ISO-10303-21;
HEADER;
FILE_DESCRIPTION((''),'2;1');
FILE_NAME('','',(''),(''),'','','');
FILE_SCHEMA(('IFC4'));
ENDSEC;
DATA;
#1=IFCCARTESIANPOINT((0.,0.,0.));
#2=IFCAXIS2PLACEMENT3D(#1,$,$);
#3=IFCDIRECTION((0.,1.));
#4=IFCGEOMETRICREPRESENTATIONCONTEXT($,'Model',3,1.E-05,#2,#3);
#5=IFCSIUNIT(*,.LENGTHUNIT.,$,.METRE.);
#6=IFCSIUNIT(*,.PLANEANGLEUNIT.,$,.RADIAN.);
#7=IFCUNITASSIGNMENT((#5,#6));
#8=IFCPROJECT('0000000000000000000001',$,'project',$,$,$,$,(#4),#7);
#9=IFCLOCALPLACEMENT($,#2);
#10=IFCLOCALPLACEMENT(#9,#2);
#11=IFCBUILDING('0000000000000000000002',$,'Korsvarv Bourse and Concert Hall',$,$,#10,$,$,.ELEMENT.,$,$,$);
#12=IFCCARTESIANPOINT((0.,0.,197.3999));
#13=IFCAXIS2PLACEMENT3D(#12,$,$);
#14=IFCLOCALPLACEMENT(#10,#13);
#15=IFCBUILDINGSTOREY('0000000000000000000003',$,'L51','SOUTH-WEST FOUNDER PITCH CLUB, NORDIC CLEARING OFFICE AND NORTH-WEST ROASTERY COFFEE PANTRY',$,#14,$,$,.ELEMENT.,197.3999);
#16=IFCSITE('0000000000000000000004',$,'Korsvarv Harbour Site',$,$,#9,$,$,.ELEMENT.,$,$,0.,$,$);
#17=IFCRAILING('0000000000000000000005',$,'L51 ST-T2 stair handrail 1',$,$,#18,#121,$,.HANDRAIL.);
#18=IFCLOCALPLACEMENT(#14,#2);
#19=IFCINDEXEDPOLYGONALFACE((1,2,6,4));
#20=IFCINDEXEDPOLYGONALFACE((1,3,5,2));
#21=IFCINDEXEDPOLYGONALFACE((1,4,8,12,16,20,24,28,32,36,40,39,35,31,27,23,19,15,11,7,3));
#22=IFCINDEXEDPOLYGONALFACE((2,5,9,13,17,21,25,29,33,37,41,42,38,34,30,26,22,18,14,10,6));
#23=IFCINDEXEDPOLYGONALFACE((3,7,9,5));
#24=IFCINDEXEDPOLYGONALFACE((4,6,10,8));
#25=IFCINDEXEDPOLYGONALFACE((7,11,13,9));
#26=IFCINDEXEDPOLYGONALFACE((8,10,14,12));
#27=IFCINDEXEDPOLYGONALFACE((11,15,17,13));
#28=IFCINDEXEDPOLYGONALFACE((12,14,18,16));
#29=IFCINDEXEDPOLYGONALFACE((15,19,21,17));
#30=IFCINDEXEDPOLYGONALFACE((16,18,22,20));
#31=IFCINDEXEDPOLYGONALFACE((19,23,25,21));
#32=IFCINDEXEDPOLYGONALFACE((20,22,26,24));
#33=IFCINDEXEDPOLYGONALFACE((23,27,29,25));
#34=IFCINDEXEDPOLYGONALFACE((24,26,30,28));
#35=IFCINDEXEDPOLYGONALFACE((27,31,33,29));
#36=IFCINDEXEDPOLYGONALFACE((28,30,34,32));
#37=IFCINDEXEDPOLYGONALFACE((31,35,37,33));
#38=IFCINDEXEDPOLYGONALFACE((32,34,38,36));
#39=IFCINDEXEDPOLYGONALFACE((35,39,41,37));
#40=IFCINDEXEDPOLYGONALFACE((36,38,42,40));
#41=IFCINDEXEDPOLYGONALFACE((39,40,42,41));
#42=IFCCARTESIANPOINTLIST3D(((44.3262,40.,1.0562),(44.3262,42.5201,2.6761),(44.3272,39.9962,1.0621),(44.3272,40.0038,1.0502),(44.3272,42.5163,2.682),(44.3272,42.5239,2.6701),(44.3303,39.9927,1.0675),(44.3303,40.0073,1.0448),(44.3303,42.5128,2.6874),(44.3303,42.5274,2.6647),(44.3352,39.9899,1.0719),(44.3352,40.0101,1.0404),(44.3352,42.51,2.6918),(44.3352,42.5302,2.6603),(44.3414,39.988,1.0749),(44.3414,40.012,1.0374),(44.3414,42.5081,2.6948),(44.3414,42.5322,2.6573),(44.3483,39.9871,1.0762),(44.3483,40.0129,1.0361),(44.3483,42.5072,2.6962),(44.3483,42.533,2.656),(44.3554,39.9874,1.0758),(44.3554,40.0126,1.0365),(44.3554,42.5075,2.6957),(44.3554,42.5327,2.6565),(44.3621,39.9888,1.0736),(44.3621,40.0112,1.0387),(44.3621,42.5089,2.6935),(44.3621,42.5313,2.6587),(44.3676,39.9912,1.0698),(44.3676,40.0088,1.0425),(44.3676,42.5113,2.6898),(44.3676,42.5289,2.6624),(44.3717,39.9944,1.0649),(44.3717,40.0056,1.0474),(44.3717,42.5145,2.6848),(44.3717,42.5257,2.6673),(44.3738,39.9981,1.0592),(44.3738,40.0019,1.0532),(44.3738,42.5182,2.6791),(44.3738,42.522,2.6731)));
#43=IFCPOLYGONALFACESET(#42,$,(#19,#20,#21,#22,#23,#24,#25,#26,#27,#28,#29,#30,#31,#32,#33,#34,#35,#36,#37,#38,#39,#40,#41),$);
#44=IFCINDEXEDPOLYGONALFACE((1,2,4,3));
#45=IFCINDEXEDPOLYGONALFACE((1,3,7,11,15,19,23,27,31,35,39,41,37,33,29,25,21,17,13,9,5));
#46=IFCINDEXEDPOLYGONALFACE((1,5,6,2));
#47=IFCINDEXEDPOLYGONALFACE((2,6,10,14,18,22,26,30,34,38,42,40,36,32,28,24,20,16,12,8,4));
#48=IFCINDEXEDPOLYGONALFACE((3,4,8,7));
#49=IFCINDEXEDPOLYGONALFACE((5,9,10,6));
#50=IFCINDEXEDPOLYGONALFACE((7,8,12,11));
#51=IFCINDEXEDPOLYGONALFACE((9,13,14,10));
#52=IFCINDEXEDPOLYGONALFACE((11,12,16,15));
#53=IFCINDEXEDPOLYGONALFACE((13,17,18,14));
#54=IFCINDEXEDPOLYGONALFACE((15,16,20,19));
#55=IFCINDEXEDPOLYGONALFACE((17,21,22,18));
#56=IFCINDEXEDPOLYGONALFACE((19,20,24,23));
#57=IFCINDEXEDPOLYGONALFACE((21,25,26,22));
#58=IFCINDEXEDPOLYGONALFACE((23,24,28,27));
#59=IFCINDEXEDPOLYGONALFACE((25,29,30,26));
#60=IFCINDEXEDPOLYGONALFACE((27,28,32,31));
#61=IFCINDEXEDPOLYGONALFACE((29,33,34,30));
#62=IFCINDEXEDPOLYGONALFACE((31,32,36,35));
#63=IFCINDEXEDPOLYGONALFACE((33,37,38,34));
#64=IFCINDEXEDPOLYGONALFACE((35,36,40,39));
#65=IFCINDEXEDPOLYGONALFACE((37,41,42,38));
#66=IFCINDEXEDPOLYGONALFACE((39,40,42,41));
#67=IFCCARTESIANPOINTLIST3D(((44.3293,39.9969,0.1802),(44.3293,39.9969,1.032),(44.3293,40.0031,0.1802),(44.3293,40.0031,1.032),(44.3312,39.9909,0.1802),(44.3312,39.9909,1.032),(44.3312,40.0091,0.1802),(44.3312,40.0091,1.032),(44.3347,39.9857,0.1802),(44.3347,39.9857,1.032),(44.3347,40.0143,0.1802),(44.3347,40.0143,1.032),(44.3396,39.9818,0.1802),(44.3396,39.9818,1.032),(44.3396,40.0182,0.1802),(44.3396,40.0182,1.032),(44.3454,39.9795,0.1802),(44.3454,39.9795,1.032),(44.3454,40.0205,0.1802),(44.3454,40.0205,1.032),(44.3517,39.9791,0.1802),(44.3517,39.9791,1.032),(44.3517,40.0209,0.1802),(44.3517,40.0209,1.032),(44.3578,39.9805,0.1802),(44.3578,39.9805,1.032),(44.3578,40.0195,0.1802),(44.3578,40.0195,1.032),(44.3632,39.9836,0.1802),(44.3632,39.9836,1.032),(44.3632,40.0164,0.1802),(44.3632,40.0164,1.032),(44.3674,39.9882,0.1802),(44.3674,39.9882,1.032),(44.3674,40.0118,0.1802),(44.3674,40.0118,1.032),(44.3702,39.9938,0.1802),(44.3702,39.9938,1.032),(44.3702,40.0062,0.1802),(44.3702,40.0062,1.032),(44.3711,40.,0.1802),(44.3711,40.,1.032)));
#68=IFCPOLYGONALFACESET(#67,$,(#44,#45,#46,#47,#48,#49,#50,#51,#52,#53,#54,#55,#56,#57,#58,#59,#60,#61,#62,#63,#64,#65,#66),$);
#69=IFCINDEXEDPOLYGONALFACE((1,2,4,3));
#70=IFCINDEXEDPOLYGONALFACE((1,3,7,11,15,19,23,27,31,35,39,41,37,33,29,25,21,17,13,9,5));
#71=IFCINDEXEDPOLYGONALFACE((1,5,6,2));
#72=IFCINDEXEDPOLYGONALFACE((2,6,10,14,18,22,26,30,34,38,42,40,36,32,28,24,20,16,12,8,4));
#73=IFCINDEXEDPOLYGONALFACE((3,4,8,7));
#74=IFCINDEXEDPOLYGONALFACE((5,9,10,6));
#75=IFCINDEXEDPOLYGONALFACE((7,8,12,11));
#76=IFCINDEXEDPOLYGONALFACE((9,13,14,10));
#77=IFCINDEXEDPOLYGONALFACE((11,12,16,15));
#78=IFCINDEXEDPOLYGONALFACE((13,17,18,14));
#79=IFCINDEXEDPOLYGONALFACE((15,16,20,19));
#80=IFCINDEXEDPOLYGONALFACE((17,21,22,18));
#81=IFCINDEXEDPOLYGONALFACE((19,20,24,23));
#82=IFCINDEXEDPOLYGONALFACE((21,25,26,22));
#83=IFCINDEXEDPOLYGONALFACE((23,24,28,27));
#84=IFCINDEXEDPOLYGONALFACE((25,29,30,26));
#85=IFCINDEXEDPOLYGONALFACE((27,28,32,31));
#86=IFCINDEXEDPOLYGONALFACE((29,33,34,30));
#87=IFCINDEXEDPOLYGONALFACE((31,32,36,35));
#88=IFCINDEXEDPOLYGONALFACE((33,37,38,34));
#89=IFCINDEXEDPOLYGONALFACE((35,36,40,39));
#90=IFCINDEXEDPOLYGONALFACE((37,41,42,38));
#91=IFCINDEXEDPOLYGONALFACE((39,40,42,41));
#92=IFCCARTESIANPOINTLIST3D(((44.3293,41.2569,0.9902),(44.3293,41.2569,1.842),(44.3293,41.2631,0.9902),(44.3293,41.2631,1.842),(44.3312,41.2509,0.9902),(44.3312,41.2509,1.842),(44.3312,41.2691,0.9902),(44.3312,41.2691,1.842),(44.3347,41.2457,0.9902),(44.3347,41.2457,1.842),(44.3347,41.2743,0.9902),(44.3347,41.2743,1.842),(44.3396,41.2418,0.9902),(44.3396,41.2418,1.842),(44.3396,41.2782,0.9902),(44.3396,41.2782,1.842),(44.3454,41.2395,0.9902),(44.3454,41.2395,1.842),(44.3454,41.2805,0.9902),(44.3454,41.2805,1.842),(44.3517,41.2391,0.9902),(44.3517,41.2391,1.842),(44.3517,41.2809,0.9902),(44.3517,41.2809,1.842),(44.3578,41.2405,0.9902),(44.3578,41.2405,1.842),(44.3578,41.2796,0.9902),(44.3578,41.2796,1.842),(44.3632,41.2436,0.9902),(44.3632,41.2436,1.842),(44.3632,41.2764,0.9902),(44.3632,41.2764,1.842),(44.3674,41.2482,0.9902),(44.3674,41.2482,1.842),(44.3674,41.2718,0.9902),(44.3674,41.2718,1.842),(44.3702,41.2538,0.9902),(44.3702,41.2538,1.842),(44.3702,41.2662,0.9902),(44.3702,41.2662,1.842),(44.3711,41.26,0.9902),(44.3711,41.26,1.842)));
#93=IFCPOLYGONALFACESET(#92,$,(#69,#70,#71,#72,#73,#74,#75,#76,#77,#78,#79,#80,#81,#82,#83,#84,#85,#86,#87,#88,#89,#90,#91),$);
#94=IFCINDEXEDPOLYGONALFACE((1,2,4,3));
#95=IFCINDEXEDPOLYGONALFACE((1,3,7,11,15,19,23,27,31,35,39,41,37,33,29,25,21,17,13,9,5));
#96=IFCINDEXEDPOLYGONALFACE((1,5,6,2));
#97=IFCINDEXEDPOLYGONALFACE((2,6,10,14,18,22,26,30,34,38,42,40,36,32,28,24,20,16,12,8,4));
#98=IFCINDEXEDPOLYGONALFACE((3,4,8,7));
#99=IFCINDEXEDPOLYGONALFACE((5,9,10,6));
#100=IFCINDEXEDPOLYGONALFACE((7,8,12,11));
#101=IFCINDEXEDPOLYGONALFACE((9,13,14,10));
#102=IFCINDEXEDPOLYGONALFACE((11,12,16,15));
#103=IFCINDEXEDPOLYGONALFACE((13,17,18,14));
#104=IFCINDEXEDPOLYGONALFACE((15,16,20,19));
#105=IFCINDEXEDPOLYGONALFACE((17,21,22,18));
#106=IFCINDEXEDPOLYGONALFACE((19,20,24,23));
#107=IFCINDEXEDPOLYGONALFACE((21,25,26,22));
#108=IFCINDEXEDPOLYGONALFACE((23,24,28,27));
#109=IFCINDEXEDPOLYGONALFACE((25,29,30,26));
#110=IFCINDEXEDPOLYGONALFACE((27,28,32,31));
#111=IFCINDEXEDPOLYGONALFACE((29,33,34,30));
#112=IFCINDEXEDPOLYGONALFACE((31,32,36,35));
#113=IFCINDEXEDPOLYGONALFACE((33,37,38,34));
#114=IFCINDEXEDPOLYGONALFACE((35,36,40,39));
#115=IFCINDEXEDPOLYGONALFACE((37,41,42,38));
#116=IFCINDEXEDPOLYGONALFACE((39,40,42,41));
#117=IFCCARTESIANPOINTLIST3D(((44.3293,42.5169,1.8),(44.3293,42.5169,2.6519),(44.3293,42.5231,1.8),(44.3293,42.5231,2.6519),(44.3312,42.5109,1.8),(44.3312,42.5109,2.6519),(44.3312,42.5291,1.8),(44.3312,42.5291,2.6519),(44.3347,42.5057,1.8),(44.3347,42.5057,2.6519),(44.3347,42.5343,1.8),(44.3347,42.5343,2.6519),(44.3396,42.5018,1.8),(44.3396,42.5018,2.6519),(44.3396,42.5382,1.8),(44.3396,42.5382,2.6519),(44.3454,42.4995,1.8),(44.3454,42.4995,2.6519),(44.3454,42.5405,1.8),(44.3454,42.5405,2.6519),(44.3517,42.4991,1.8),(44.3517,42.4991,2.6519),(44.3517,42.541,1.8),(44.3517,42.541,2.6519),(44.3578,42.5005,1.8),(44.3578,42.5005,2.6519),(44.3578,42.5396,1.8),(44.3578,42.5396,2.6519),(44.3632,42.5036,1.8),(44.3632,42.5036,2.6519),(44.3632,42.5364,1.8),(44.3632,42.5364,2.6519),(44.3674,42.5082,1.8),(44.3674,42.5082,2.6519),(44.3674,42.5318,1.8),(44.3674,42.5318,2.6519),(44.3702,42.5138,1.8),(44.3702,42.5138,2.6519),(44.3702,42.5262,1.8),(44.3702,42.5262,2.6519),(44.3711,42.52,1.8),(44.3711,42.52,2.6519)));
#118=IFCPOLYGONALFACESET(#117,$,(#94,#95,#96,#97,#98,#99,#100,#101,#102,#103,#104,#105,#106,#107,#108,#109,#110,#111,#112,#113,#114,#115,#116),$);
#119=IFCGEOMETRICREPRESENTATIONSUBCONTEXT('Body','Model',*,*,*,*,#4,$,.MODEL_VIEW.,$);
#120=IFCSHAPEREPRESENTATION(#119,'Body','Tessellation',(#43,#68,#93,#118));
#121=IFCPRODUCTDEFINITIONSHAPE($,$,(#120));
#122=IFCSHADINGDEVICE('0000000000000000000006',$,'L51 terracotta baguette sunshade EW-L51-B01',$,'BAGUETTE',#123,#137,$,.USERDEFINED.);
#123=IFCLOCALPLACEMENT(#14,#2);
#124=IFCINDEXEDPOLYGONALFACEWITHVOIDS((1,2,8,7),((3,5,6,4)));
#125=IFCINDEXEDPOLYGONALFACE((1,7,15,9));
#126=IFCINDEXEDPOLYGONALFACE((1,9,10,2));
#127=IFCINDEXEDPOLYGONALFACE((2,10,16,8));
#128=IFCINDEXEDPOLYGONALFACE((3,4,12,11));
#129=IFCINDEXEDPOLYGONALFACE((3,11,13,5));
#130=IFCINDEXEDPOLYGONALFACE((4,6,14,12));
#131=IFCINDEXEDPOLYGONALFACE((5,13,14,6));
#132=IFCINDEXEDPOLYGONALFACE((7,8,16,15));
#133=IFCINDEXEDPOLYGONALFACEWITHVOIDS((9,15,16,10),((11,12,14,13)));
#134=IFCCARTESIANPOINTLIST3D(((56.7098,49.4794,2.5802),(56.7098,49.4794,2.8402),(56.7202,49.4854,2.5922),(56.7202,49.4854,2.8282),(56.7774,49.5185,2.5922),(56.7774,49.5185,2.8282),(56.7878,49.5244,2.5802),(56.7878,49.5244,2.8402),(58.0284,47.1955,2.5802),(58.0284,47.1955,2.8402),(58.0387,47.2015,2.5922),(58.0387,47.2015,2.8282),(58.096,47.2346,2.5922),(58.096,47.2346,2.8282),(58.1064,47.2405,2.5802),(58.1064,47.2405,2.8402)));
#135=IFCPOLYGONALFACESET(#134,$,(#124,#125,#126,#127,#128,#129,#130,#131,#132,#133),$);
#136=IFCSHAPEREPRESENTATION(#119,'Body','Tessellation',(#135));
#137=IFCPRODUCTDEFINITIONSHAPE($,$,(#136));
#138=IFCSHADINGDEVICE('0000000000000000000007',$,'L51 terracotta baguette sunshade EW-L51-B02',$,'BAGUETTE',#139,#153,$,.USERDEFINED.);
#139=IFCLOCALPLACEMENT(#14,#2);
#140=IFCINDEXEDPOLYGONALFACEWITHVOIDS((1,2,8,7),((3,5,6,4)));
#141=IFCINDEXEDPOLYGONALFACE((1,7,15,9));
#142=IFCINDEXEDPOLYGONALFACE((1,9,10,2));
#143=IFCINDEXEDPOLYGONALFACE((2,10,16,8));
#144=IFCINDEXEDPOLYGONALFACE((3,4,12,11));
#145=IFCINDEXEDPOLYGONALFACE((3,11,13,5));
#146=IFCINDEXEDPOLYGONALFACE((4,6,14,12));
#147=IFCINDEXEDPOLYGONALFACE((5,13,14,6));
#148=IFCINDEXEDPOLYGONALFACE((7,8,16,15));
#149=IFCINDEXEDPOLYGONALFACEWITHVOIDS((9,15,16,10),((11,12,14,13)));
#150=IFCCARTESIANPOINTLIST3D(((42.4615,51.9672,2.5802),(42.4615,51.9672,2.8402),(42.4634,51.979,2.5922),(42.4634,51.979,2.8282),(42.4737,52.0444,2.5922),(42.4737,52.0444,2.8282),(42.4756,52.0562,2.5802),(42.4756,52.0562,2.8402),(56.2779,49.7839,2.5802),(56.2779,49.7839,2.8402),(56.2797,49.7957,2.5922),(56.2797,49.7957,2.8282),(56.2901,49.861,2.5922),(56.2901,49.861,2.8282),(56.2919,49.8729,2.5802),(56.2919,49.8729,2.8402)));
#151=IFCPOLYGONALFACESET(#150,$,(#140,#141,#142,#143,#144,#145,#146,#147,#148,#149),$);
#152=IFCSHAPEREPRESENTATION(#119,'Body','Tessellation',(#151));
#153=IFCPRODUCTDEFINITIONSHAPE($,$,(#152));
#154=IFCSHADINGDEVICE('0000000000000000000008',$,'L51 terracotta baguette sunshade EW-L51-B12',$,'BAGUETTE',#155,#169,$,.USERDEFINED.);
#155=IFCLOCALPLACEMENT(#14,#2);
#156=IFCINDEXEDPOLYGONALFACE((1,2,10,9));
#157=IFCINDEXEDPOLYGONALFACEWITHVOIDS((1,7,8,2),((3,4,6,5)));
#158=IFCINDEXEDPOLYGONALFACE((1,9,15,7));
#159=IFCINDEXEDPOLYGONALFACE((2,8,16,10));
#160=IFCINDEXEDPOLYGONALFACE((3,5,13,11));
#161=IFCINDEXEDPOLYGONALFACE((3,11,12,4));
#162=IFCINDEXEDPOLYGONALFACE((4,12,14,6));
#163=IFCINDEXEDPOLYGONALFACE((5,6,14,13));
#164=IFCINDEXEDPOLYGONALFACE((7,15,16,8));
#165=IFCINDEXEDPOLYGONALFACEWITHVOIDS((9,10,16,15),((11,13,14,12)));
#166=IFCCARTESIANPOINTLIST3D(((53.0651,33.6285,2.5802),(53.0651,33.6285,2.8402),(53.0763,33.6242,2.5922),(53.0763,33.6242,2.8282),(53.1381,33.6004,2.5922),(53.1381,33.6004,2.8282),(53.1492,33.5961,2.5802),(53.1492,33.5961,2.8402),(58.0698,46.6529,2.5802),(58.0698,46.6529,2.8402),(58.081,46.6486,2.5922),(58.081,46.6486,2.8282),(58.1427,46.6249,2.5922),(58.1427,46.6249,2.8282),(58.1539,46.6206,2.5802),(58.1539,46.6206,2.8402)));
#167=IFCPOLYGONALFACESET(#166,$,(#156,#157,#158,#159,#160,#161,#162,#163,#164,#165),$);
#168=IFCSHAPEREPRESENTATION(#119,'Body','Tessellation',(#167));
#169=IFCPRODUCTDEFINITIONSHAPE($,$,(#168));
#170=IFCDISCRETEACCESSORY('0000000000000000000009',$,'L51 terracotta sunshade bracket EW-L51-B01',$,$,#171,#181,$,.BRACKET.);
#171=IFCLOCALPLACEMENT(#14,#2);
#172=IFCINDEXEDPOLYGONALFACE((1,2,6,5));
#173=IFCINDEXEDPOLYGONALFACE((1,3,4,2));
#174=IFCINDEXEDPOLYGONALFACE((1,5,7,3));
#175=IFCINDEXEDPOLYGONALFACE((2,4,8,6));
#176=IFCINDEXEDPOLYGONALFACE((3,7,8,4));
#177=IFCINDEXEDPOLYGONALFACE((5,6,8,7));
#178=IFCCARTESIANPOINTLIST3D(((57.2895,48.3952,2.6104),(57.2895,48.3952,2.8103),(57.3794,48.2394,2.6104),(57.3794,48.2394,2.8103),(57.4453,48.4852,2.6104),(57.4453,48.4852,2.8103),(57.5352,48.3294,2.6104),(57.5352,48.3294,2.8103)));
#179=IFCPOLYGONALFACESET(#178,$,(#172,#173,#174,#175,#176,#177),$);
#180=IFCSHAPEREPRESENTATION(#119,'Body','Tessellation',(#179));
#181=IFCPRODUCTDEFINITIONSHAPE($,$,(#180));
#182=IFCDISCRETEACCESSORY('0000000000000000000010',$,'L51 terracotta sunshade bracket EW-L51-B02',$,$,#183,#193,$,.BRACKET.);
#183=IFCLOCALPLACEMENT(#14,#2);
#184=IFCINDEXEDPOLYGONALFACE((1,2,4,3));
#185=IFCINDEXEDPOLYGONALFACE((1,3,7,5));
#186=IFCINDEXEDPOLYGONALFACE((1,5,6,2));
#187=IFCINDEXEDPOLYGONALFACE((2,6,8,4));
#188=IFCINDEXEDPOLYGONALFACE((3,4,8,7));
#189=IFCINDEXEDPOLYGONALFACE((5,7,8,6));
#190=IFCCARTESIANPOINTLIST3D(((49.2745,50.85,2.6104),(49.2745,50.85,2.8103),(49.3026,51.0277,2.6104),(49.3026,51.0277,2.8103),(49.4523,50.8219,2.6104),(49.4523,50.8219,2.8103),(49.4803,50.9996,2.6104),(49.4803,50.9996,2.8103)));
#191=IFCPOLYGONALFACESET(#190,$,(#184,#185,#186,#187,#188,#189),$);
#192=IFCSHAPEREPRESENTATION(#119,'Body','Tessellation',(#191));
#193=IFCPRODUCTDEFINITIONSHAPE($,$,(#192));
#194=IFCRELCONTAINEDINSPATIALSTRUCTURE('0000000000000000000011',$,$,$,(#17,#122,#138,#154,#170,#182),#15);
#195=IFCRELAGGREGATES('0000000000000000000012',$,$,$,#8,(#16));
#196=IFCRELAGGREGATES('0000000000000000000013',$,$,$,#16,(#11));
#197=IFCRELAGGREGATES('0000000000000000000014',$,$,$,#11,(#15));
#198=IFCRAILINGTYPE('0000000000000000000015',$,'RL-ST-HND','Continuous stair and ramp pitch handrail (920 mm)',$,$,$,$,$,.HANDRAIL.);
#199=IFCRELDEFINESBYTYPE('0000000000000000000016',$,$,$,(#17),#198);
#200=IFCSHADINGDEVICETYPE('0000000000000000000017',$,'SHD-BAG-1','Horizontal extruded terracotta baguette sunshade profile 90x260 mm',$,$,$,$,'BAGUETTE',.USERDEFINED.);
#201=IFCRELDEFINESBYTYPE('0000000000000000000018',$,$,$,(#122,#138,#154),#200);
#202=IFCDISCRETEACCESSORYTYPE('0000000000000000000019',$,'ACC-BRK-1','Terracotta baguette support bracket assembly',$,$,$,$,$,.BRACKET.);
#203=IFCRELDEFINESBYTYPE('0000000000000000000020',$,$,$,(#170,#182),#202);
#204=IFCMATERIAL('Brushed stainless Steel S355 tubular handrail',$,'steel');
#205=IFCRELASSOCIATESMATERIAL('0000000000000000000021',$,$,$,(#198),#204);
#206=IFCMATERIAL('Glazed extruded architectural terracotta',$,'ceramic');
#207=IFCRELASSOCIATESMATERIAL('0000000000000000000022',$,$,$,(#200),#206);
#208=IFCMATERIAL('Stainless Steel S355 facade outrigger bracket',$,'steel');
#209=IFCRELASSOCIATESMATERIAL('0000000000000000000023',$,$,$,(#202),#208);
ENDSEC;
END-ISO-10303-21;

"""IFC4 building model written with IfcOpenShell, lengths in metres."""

from ifc_helpers import new_model, si_unit, direction, frame, origin, origin_2d, place, context, subcontext, project, spatial, rectangle, hollow_rectangle, circle, extrude, source, transform, mapped, material, material_profile, profile_set, type_object, element, save


model = new_model("IFC4")

# Units and contexts
model_context = context("Model", 3, precision=1e-05, world=origin(), true_north=direction((0.0, 1.0)))
body_context = subcontext(model_context, "Body", "Model", "MODEL_VIEW")
ifc_project = project(units=[si_unit("LENGTHUNIT", "METRE"), si_unit("PLANEANGLEUNIT", "RADIAN")], contexts=[model_context])

# Site, building, storey
site_placement = place(None, origin())
site = spatial("IfcSite", under=ifc_project, at=site_placement, Name="Korsvarv Harbour Site", CompositionType="ELEMENT", RefElevation=0.0)
building_placement = place(site_placement, origin())
building = spatial("IfcBuilding", under=site, at=building_placement, Name="Korsvarv Bourse and Concert Hall", CompositionType="ELEMENT")
storey_placement = place(building_placement, frame((0.0, 0.0, 197.3999)))
storey = spatial("IfcBuildingStorey", under=building, at=storey_placement, Name="L51", Description="SOUTH-WEST FOUNDER PITCH CLUB, NORDIC CLEARING OFFICE AND NORTH-WEST ROASTERY COFFEE PANTRY", CompositionType="ELEMENT", Elevation=197.3999)

# Railing
ifc_material_1 = material(Name="Brushed stainless Steel S355 tubular handrail", Category="steel")
railing_type_1 = type_object("IfcRailingType", Name="RL-ST-HND", Description="Continuous stair and ramp pitch handrail (920 mm)", PredefinedType="HANDRAIL", material=ifc_material_1)
railing_1_placement = place(storey_placement, frame((44.3501, 40.0, 0.1802)))
element("IfcRailing", 1, at=railing_1_placement, inside=storey, type_object=railing_type_1, Name="L51 ST-T2 stair handrail 1", PredefinedType="HANDRAIL", context=body_context, shape_type="SweptSolid", body=[
    extrude(circle(Radius=0.0239, at=origin_2d()), frame((0.0, 0.0, 0.876), z_axis=(0.0, 0.8412, 0.540725), x_axis=(-1.0, 0.0, 0.0)), (0.0, 0.0, 1.0), 2.9958),
    extrude(circle(Radius=0.021, at=origin_2d()), origin(), (0.0, 0.0, 1.0), 0.8518),
    extrude(circle(Radius=0.021, at=origin_2d()), frame((0.0, 1.26, 0.8101)), (0.0, 0.0, 1.0), 0.8518),
    extrude(circle(Radius=0.021, at=origin_2d()), frame((0.0, 2.52, 1.6199)), (0.0, 0.0, 1.0), 0.8518),
])

# Shading devices
ifc_material_2 = material(Name="Glazed extruded architectural terracotta", Category="ceramic")
ifc_material_profile_1 = material_profile(ifc_material_2, hollow_rectangle(XDim=0.0901, YDim=0.26, WallThickness=0.012, at=origin_2d()), Name="TC-BAG 90x260")
ifc_profile_set_1 = profile_set([ifc_material_profile_1], Name="Glazed extruded architectural terracotta")
shading_device_type = type_object("IfcShadingDeviceType", Name="SHD-BAG-1", Description="Horizontal extruded terracotta baguette sunshade profile 90x260 mm", ElementType="BAGUETTE", PredefinedType="USERDEFINED", material=ifc_profile_set_1)
shared_shape_1 = source(origin(), body_context, "Body", "SweptSolid", [
    extrude(hollow_rectangle(XDim=0.0901, YDim=0.26, WallThickness=0.012, at=origin_2d()), origin(), (0.0, 0.0, 1.0), 2.6372),
])
shading_device_1_placement = place(storey_placement, frame((58.0674, 47.218, 2.7102), z_axis=(-0.499992, 0.86603, 0.0), x_axis=(-0.86603, -0.499992, 0.0)))
element("IfcShadingDevice", 2, at=shading_device_1_placement, inside=storey, type_object=shading_device_type, Name="L51 terracotta baguette sunshade EW-L51-B01", ObjectType="BAGUETTE", PredefinedType="USERDEFINED", context=body_context, shape_type="MappedRepresentation", body=[
    mapped(shared_shape_1, transform((0.0, 0.0, 0.0), scale=1.0)),
])
shared_shape_2 = source(origin(), body_context, "Body", "SweptSolid", [
    extrude(hollow_rectangle(XDim=0.0901, YDim=0.26, WallThickness=0.012, at=origin_2d()), origin(), (0.0, 0.0, 1.0), 13.9878),
])
shading_device_2_placement = place(storey_placement, frame((56.2849, 49.8284, 2.7102), z_axis=(-0.987743, 0.156089, 0.0), x_axis=(-0.156089, -0.987743, 0.0)))
element("IfcShadingDevice", 3, at=shading_device_2_placement, inside=storey, type_object=shading_device_type, Name="L51 terracotta baguette sunshade EW-L51-B02", ObjectType="BAGUETTE", PredefinedType="USERDEFINED", context=body_context, shape_type="MappedRepresentation", body=[
    mapped(shared_shape_2, transform((0.0, 0.0, 0.0), scale=1.0)),
])
shared_shape_3 = source(origin(), body_context, "Body", "SweptSolid", [
    extrude(hollow_rectangle(XDim=0.0901, YDim=0.26, WallThickness=0.012, at=origin_2d()), origin(), (0.0, 0.0, 1.0), 13.9529),
])
shading_device_3_placement = place(storey_placement, frame((53.1072, 33.6123, 2.7102), z_axis=(0.358682, 0.93346, 0.0), x_axis=(-0.93346, 0.358682, 0.0)))
element("IfcShadingDevice", 4, at=shading_device_3_placement, inside=storey, type_object=shading_device_type, Name="L51 terracotta baguette sunshade EW-L51-B12", ObjectType="BAGUETTE", PredefinedType="USERDEFINED", context=body_context, shape_type="MappedRepresentation", body=[
    mapped(shared_shape_3, transform((0.0, 0.0, 0.0), scale=1.0)),
])

# Discrete accessories
ifc_material_3 = material(Name="Stainless Steel S355 facade outrigger bracket", Category="steel")
discrete_accessory_type = type_object("IfcDiscreteAccessoryType", Name="ACC-BRK-1", Description="Terracotta baguette support bracket assembly", PredefinedType="BRACKET", material=ifc_material_3)
shared_shape_4 = source(origin(), body_context, "Body", "SweptSolid", [
    extrude(rectangle(XDim=0.1799, YDim=0.1799, at=origin_2d()), origin(), (0.0, 0.0, 1.0), 0.2),
])
for number, where, z_axis, x_axis, name in (
    (5, (57.4124, 48.3623, 2.6104), (0.0, 0.0, 1.0), (-0.5, 0.866025, 0.0), "L51 terracotta sunshade bracket EW-L51-B01"),
    (6, (49.3774, 50.9248, 2.6104), (0.0, 0.0, 1.0), (-0.987743, 0.15609, 0.0), "L51 terracotta sunshade bracket EW-L51-B02"),
):
    element("IfcDiscreteAccessory", number, at=place(storey_placement, frame(where, z_axis=z_axis, x_axis=x_axis)), inside=storey, type_object=discrete_accessory_type, Name=name, PredefinedType="BRACKET", context=body_context, shape_type="MappedRepresentation", body=[
        mapped(shared_shape_4, transform((0.0, 0.0, 0.0), scale=1.0)),
    ])

save(model, "model.ifc")
